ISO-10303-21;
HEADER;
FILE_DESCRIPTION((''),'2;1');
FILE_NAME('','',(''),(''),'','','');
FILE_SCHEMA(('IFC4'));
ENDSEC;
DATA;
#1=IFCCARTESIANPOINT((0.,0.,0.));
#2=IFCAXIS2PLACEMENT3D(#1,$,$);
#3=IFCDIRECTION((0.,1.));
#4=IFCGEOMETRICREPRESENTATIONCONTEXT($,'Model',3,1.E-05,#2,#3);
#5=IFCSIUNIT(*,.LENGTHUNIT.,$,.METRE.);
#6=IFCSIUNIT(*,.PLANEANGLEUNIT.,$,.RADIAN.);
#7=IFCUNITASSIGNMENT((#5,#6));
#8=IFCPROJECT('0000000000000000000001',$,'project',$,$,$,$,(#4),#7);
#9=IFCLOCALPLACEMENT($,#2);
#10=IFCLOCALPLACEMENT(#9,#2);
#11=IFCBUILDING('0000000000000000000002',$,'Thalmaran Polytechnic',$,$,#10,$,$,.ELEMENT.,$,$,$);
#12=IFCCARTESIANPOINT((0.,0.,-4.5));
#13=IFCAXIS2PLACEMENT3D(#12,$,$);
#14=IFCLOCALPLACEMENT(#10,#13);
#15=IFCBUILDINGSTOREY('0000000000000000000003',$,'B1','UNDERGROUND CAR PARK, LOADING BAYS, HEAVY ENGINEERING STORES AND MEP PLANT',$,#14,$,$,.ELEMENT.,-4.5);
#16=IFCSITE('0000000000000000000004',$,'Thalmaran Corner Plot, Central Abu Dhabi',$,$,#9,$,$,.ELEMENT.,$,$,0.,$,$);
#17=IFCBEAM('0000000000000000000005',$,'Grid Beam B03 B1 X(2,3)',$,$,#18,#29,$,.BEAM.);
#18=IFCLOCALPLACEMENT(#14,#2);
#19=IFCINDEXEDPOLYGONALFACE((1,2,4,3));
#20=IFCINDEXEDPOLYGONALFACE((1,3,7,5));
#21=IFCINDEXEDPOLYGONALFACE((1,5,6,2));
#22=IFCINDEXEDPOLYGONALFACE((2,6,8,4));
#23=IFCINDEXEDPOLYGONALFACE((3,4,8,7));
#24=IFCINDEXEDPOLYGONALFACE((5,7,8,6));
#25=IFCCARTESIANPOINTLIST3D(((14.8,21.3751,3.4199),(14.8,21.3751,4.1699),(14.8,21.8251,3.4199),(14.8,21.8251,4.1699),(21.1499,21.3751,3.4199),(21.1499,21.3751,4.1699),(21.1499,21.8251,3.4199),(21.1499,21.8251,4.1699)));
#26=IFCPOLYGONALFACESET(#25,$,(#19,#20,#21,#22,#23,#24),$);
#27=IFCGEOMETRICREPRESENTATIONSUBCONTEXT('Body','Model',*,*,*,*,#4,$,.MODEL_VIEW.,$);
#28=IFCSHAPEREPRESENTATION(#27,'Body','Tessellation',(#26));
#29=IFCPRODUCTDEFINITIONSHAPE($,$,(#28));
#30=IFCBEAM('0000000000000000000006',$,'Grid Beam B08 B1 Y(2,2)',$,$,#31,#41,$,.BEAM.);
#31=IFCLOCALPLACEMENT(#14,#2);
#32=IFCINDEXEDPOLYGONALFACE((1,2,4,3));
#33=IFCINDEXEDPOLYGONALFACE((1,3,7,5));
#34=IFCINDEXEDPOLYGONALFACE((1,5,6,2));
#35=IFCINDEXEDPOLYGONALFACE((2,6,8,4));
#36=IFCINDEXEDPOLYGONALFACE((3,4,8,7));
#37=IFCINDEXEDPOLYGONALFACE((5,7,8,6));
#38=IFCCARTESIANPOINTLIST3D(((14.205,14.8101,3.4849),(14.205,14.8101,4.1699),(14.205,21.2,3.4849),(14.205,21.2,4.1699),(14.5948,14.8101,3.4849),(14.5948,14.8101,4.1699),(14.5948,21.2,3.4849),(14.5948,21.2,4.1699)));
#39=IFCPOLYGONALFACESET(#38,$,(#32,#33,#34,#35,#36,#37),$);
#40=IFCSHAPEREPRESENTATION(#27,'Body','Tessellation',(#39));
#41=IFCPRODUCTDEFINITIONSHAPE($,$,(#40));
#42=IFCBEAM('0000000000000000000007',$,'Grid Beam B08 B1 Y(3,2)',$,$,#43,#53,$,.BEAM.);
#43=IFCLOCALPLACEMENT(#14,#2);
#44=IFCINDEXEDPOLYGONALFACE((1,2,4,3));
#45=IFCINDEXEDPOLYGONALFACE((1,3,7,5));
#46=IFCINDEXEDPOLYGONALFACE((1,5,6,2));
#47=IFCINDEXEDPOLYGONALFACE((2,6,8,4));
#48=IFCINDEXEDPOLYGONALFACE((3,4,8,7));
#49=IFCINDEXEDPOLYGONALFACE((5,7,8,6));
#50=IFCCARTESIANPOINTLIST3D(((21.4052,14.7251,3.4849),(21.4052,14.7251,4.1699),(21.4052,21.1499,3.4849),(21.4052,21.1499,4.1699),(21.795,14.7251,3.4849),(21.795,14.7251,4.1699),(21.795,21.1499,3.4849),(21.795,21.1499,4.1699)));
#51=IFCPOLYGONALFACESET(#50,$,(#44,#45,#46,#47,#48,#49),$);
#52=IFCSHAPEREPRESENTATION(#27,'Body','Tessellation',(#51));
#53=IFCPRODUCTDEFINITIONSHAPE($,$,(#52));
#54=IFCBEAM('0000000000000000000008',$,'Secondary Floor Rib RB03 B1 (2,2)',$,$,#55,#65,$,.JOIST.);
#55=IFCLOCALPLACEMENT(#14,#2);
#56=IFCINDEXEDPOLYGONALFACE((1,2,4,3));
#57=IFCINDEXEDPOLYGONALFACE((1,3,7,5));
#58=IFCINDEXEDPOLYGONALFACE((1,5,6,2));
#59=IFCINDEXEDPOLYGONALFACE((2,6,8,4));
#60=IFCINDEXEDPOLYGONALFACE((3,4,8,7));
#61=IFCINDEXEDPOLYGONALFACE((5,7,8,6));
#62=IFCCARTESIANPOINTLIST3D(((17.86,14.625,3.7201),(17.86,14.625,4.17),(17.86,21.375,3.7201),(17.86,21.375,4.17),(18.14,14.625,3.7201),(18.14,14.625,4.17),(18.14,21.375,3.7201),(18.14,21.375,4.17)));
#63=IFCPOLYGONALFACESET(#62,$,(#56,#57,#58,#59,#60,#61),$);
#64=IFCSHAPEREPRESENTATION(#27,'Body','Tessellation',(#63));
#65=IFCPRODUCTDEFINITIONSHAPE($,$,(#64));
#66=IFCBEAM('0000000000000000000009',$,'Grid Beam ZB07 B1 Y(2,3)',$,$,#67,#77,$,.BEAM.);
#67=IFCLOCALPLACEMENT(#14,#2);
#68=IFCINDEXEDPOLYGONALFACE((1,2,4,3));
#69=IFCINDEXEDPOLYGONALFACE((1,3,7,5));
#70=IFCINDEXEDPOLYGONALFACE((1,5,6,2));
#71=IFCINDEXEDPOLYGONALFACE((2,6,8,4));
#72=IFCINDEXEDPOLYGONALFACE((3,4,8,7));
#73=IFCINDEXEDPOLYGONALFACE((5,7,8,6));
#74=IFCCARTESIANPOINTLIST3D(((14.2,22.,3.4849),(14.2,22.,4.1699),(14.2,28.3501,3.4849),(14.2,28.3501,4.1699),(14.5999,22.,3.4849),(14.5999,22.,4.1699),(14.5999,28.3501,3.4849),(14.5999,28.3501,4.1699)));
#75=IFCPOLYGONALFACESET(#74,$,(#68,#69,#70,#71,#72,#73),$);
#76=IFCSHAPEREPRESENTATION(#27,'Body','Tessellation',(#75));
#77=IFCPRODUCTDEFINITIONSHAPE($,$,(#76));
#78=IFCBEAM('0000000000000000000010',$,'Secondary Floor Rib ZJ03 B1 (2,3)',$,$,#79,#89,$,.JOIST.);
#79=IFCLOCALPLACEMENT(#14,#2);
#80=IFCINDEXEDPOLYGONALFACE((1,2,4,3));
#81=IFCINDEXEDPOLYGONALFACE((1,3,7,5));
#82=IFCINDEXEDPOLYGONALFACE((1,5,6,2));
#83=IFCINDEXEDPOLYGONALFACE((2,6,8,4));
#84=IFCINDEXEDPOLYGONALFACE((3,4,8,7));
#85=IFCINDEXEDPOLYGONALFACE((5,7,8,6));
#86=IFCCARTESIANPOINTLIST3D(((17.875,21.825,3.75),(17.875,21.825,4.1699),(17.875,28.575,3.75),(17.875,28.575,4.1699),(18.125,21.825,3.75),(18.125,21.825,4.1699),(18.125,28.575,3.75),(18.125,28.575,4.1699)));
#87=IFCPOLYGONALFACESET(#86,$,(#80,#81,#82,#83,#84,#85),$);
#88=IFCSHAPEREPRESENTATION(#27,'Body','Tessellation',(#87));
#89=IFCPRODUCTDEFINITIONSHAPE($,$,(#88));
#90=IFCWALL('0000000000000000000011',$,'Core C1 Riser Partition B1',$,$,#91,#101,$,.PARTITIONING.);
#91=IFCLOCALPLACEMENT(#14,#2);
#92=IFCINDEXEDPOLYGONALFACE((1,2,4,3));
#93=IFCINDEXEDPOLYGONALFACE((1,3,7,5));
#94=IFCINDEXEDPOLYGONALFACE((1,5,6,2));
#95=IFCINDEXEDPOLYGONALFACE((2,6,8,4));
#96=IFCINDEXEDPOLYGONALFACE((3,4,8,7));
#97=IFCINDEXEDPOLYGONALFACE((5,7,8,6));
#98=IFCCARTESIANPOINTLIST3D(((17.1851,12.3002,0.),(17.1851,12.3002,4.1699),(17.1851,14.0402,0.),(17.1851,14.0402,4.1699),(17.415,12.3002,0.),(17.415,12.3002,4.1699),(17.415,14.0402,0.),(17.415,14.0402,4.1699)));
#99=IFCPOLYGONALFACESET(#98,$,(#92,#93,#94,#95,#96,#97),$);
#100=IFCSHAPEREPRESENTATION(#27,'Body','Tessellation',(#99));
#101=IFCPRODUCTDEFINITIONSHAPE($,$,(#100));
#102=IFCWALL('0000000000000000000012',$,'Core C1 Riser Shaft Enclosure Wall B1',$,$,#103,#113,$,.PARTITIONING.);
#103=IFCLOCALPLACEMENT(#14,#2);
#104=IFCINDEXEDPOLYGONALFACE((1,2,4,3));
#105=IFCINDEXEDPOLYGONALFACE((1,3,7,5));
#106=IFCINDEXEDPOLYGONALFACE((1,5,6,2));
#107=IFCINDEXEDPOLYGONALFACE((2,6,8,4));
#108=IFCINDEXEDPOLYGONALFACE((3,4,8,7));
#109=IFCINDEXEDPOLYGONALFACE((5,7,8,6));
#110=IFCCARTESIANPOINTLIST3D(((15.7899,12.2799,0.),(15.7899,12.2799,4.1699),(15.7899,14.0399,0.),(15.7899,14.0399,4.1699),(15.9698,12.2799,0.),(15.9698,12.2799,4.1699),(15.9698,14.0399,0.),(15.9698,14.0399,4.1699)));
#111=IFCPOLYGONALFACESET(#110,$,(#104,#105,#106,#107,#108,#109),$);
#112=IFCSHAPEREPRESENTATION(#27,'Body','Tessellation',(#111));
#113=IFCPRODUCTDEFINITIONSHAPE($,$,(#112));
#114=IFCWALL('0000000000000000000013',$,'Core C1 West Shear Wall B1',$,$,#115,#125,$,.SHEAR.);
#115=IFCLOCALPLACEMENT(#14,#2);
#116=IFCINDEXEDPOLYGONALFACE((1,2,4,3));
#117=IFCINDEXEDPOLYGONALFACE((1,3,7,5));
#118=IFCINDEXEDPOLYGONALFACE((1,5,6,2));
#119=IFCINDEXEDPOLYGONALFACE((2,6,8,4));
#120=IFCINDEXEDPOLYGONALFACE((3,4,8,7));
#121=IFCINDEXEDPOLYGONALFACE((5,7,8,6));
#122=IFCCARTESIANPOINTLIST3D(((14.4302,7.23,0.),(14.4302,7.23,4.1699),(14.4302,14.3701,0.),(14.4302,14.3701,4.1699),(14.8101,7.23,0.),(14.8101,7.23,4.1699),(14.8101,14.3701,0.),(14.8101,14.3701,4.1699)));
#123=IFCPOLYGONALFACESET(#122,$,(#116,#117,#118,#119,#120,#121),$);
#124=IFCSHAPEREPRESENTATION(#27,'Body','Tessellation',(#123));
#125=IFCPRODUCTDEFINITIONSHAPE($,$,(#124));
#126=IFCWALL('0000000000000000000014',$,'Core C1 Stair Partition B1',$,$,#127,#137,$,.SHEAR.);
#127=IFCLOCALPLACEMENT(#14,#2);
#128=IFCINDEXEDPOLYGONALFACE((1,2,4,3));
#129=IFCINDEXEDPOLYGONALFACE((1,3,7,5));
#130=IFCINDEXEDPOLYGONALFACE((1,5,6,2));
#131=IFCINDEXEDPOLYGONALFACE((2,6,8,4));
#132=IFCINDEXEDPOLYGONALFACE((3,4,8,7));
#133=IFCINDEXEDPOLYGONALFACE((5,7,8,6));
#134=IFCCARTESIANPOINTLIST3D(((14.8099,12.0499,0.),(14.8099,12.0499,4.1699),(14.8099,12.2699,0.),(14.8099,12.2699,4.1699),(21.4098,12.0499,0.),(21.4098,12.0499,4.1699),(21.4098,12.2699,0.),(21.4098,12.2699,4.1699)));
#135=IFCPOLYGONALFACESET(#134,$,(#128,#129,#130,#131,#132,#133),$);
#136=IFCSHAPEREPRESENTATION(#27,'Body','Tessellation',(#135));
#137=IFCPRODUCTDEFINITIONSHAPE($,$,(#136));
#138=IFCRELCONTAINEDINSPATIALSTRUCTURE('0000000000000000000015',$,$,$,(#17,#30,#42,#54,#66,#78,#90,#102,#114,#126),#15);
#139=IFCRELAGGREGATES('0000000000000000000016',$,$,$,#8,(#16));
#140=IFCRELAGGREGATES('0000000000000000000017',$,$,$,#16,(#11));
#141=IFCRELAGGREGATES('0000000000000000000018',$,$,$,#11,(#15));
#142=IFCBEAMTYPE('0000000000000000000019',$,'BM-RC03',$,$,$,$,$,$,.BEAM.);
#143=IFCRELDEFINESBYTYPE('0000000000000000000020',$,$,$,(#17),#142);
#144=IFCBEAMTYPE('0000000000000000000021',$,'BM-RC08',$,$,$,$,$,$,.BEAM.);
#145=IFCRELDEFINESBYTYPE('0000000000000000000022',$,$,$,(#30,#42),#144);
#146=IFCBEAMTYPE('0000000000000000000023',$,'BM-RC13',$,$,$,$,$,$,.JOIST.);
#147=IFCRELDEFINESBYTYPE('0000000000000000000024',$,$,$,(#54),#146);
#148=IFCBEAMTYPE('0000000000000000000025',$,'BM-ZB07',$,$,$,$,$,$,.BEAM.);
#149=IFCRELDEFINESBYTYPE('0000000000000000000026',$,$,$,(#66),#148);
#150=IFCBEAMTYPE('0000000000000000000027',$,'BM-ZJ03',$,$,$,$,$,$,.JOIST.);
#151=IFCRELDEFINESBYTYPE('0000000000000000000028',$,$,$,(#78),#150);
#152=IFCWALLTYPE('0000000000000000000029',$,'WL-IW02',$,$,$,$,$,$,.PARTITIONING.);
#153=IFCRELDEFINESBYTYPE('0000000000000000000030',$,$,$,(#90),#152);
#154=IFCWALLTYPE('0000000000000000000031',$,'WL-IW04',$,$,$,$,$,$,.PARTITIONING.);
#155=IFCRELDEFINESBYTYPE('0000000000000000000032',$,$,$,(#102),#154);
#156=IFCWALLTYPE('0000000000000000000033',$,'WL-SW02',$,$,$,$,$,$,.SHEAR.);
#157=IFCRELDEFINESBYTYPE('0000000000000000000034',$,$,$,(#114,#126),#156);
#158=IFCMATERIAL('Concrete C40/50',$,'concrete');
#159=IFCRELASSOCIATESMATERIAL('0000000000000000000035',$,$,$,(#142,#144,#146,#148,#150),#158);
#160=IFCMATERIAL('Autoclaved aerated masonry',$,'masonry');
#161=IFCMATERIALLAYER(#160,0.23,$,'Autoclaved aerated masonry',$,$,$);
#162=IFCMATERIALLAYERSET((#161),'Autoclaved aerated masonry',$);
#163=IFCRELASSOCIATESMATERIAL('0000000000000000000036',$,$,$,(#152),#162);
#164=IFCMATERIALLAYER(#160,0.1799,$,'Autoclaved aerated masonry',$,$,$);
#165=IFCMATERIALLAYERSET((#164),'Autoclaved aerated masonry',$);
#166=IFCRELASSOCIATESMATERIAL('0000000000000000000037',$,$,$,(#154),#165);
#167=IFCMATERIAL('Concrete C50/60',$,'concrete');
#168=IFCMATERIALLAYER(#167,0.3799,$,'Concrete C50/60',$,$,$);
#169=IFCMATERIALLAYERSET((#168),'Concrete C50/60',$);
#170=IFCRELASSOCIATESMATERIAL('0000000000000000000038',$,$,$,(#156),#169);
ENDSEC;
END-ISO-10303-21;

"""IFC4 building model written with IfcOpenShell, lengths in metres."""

from ifc_helpers import new_model, si_unit, direction, frame, frame_2d, origin, origin_2d, place, context, subcontext, project, spatial, rectangle, extrude, material, layer, layer_set, material_profile, profile_set, type_object, element, save


model = new_model("IFC4")

# Units and contexts
model_context = context("Model", 3, precision=1e-05, world=origin(), true_north=direction((0.0, 1.0)))
body_context = subcontext(model_context, "Body", "Model", "MODEL_VIEW")
ifc_project = project(units=[si_unit("LENGTHUNIT", "METRE"), si_unit("PLANEANGLEUNIT", "RADIAN")], contexts=[model_context])

# Site, building, storey
site_placement = place(None, origin())
site = spatial("IfcSite", under=ifc_project, at=site_placement, Name="Thalmaran Corner Plot, Central Abu Dhabi", CompositionType="ELEMENT", RefElevation=0.0)
building_placement = place(site_placement, origin())
building = spatial("IfcBuilding", under=site, at=building_placement, Name="Thalmaran Polytechnic", CompositionType="ELEMENT")
storey_placement = place(building_placement, frame((0.0, 0.0, -4.5)))
storey = spatial("IfcBuildingStorey", under=building, at=storey_placement, Name="B1", Description="UNDERGROUND CAR PARK, LOADING BAYS, HEAVY ENGINEERING STORES AND MEP PLANT", CompositionType="ELEMENT", Elevation=-4.5)

# Shared definitions
ifc_material_1 = material(Name="Concrete C40/50", Category="concrete")

# Shared definitions
ifc_material_2 = material(Name="Concrete C50/60", Category="concrete")

# Beams
ifc_material_profile_1 = material_profile(ifc_material_1, rectangle(XDim=0.45, YDim=0.75, at=origin_2d()), Name="RC 450x750")
ifc_profile_set_1 = profile_set([ifc_material_profile_1], Name="Concrete C40/50")
beam_type_1 = type_object("IfcBeamType", Name="BM-RC03", PredefinedType="BEAM", material=ifc_profile_set_1)
beam_1_placement = place(storey_placement, frame((14.8, 21.6001, 3.7949), z_axis=(1.0, 0.0, 0.0), x_axis=(0.0, 1.0, 0.0)))
element("IfcBeam", 1, at=beam_1_placement, inside=storey, type_object=beam_type_1, Name="Grid Beam B03 B1 X(2,3)", PredefinedType="BEAM", context=body_context, shape_type="SweptSolid", body=[
    extrude(rectangle(XDim=0.45, YDim=0.75, at=origin_2d()), origin(), (0.0, 0.0, 1.0), 6.3499),
])
ifc_material_profile_2 = material_profile(ifc_material_1, rectangle(XDim=0.3899, YDim=0.6851, at=origin_2d()), Name="RC 390x685")
ifc_profile_set_2 = profile_set([ifc_material_profile_2], Name="Concrete C40/50")
beam_type_2 = type_object("IfcBeamType", Name="BM-RC08", PredefinedType="BEAM", material=ifc_profile_set_2)
beam_2_placement = place(storey_placement, frame((14.3999, 14.8101, 3.8274), z_axis=(0.0, 1.0, 0.0), x_axis=(-1.0, 0.0, 0.0)))
element("IfcBeam", 2, at=beam_2_placement, inside=storey, type_object=beam_type_2, Name="Grid Beam B08 B1 Y(2,2)", PredefinedType="BEAM", context=body_context, shape_type="SweptSolid", body=[
    extrude(rectangle(XDim=0.3899, YDim=0.6851, at=origin_2d()), origin(), (0.0, 0.0, 1.0), 6.3899),
])
beam_3_placement = place(storey_placement, frame((21.6001, 14.7251, 3.8274), z_axis=(0.0, 1.0, 0.0), x_axis=(-1.0, 0.0, 0.0)))
element("IfcBeam", 3, at=beam_3_placement, inside=storey, type_object=beam_type_2, Name="Grid Beam B08 B1 Y(3,2)", PredefinedType="BEAM", context=body_context, shape_type="SweptSolid", body=[
    extrude(rectangle(XDim=0.3899, YDim=0.6851, at=origin_2d()), origin(), (0.0, 0.0, 1.0), 6.4248),
])
ifc_material_profile_3 = material_profile(ifc_material_1, rectangle(XDim=0.28, YDim=0.45, at=origin_2d()), Name="RC 280x450")
ifc_profile_set_3 = profile_set([ifc_material_profile_3], Name="Concrete C40/50")
beam_type_3 = type_object("IfcBeamType", Name="BM-RC13", PredefinedType="JOIST", material=ifc_profile_set_3)
beam_4_placement = place(storey_placement, frame((18.0, 14.625, 3.9451), z_axis=(0.0, 1.0, 0.0), x_axis=(-1.0, 0.0, 0.0)))
element("IfcBeam", 4, at=beam_4_placement, inside=storey, type_object=beam_type_3, Name="Secondary Floor Rib RB03 B1 (2,2)", PredefinedType="JOIST", context=body_context, shape_type="SweptSolid", body=[
    extrude(rectangle(XDim=0.28, YDim=0.45, at=origin_2d()), origin(), (0.0, 0.0, 1.0), 6.75),
])
ifc_material_profile_4 = material_profile(ifc_material_1, rectangle(XDim=0.3999, YDim=0.6851, at=origin_2d()), Name="RC 400x685")
ifc_profile_set_4 = profile_set([ifc_material_profile_4], Name="Concrete C40/50")
beam_type_4 = type_object("IfcBeamType", Name="BM-ZB07", PredefinedType="BEAM", material=ifc_profile_set_4)
beam_5_placement = place(storey_placement, frame((14.3999, 22.0, 3.8274), z_axis=(0.0, 1.0, 0.0), x_axis=(-1.0, 0.0, 0.0)))
element("IfcBeam", 5, at=beam_5_placement, inside=storey, type_object=beam_type_4, Name="Grid Beam ZB07 B1 Y(2,3)", PredefinedType="BEAM", context=body_context, shape_type="SweptSolid", body=[
    extrude(rectangle(XDim=0.3999, YDim=0.6851, at=origin_2d()), origin(), (0.0, 0.0, 1.0), 6.3501),
])
ifc_material_profile_5 = material_profile(ifc_material_1, rectangle(XDim=0.25, YDim=0.4199, at=origin_2d()), Name="RC 250x420")
ifc_profile_set_5 = profile_set([ifc_material_profile_5], Name="Concrete C40/50")
beam_type_5 = type_object("IfcBeamType", Name="BM-ZJ03", PredefinedType="JOIST", material=ifc_profile_set_5)
beam_6_placement = place(storey_placement, frame((18.0, 21.825, 3.96), z_axis=(0.0, 1.0, 0.0), x_axis=(-1.0, 0.0, 0.0)))
element("IfcBeam", 6, at=beam_6_placement, inside=storey, type_object=beam_type_5, Name="Secondary Floor Rib ZJ03 B1 (2,3)", PredefinedType="JOIST", context=body_context, shape_type="SweptSolid", body=[
    extrude(rectangle(XDim=0.25, YDim=0.4199, at=origin_2d()), origin(), (0.0, 0.0, 1.0), 6.75),
])

# Wall
ifc_material_3 = material(Name="Autoclaved aerated masonry", Category="masonry")
ifc_layer_1 = layer(ifc_material_3, 0.23, Name="Autoclaved aerated masonry")
ifc_layer_set_1 = layer_set([ifc_layer_1], Name="Autoclaved aerated masonry")
wall_type_1 = type_object("IfcWallType", Name="WL-IW02", PredefinedType="PARTITIONING", material=ifc_layer_set_1)
wall_1_placement = place(storey_placement, frame((17.3, 12.3, 0.0), z_axis=(0.0, 0.0, 1.0), x_axis=(0.0, 1.0, 0.0)))
element("IfcWall", 7, at=wall_1_placement, inside=storey, type_object=wall_type_1, Name="Core C1 Riser Partition B1", PredefinedType="PARTITIONING", context=body_context, shape_type="SweptSolid", body=[
    extrude(rectangle(XDim=1.74, YDim=0.23, at=frame_2d((0.8701, 0.0))), origin(), (0.0, 0.0, 1.0), 4.1699),
])

# Walls
ifc_layer_2 = layer(ifc_material_3, 0.1799, Name="Autoclaved aerated masonry")
ifc_layer_set_2 = layer_set([ifc_layer_2], Name="Autoclaved aerated masonry")
wall_type_2 = type_object("IfcWallType", Name="WL-IW04", PredefinedType="PARTITIONING", material=ifc_layer_set_2)
wall_2_placement = place(storey_placement, frame((15.8799, 12.28, 0.0), z_axis=(0.0, 0.0, 1.0), x_axis=(0.0, 1.0, 0.0)))
element("IfcWall", 8, at=wall_2_placement, inside=storey, type_object=wall_type_2, Name="Core C1 Riser Shaft Enclosure Wall B1", PredefinedType="PARTITIONING", context=body_context, shape_type="SweptSolid", body=[
    extrude(rectangle(XDim=1.76, YDim=0.1799, at=frame_2d((0.8799, 0.0))), origin(), (0.0, 0.0, 1.0), 4.1699),
])
ifc_layer_3 = layer(ifc_material_2, 0.3799, Name="Concrete C50/60")
ifc_layer_set_3 = layer_set([ifc_layer_3], Name="Concrete C50/60")
wall_type_3 = type_object("IfcWallType", Name="WL-SW02", PredefinedType="SHEAR", material=ifc_layer_set_3)
wall_3_placement = place(storey_placement, frame((14.6201, 14.3701, 0.0), z_axis=(0.0, 0.0, 1.0), x_axis=(0.0, -1.0, 0.0)))
element("IfcWall", 9, at=wall_3_placement, inside=storey, type_object=wall_type_3, Name="Core C1 West Shear Wall B1", PredefinedType="SHEAR", context=body_context, shape_type="SweptSolid", body=[
    extrude(rectangle(XDim=7.1401, YDim=0.3799, at=frame_2d((3.5701, 0.0))), origin(), (0.0, 0.0, 1.0), 4.1699),
])

# Wall
wall_4_placement = place(storey_placement, frame((14.8101, 12.1599, 0.0), z_axis=(0.0, 0.0, 1.0), x_axis=(1.0, 0.0, 0.0)))
element("IfcWall", 10, at=wall_4_placement, inside=storey, type_object=wall_type_3, Name="Core C1 Stair Partition B1", PredefinedType="SHEAR", context=body_context, shape_type="SweptSolid", body=[
    extrude(rectangle(XDim=6.5999, YDim=0.22, at=frame_2d((3.2998, 0.0))), origin(), (0.0, 0.0, 1.0), 4.1699),
])

save(model, "model.ifc")
